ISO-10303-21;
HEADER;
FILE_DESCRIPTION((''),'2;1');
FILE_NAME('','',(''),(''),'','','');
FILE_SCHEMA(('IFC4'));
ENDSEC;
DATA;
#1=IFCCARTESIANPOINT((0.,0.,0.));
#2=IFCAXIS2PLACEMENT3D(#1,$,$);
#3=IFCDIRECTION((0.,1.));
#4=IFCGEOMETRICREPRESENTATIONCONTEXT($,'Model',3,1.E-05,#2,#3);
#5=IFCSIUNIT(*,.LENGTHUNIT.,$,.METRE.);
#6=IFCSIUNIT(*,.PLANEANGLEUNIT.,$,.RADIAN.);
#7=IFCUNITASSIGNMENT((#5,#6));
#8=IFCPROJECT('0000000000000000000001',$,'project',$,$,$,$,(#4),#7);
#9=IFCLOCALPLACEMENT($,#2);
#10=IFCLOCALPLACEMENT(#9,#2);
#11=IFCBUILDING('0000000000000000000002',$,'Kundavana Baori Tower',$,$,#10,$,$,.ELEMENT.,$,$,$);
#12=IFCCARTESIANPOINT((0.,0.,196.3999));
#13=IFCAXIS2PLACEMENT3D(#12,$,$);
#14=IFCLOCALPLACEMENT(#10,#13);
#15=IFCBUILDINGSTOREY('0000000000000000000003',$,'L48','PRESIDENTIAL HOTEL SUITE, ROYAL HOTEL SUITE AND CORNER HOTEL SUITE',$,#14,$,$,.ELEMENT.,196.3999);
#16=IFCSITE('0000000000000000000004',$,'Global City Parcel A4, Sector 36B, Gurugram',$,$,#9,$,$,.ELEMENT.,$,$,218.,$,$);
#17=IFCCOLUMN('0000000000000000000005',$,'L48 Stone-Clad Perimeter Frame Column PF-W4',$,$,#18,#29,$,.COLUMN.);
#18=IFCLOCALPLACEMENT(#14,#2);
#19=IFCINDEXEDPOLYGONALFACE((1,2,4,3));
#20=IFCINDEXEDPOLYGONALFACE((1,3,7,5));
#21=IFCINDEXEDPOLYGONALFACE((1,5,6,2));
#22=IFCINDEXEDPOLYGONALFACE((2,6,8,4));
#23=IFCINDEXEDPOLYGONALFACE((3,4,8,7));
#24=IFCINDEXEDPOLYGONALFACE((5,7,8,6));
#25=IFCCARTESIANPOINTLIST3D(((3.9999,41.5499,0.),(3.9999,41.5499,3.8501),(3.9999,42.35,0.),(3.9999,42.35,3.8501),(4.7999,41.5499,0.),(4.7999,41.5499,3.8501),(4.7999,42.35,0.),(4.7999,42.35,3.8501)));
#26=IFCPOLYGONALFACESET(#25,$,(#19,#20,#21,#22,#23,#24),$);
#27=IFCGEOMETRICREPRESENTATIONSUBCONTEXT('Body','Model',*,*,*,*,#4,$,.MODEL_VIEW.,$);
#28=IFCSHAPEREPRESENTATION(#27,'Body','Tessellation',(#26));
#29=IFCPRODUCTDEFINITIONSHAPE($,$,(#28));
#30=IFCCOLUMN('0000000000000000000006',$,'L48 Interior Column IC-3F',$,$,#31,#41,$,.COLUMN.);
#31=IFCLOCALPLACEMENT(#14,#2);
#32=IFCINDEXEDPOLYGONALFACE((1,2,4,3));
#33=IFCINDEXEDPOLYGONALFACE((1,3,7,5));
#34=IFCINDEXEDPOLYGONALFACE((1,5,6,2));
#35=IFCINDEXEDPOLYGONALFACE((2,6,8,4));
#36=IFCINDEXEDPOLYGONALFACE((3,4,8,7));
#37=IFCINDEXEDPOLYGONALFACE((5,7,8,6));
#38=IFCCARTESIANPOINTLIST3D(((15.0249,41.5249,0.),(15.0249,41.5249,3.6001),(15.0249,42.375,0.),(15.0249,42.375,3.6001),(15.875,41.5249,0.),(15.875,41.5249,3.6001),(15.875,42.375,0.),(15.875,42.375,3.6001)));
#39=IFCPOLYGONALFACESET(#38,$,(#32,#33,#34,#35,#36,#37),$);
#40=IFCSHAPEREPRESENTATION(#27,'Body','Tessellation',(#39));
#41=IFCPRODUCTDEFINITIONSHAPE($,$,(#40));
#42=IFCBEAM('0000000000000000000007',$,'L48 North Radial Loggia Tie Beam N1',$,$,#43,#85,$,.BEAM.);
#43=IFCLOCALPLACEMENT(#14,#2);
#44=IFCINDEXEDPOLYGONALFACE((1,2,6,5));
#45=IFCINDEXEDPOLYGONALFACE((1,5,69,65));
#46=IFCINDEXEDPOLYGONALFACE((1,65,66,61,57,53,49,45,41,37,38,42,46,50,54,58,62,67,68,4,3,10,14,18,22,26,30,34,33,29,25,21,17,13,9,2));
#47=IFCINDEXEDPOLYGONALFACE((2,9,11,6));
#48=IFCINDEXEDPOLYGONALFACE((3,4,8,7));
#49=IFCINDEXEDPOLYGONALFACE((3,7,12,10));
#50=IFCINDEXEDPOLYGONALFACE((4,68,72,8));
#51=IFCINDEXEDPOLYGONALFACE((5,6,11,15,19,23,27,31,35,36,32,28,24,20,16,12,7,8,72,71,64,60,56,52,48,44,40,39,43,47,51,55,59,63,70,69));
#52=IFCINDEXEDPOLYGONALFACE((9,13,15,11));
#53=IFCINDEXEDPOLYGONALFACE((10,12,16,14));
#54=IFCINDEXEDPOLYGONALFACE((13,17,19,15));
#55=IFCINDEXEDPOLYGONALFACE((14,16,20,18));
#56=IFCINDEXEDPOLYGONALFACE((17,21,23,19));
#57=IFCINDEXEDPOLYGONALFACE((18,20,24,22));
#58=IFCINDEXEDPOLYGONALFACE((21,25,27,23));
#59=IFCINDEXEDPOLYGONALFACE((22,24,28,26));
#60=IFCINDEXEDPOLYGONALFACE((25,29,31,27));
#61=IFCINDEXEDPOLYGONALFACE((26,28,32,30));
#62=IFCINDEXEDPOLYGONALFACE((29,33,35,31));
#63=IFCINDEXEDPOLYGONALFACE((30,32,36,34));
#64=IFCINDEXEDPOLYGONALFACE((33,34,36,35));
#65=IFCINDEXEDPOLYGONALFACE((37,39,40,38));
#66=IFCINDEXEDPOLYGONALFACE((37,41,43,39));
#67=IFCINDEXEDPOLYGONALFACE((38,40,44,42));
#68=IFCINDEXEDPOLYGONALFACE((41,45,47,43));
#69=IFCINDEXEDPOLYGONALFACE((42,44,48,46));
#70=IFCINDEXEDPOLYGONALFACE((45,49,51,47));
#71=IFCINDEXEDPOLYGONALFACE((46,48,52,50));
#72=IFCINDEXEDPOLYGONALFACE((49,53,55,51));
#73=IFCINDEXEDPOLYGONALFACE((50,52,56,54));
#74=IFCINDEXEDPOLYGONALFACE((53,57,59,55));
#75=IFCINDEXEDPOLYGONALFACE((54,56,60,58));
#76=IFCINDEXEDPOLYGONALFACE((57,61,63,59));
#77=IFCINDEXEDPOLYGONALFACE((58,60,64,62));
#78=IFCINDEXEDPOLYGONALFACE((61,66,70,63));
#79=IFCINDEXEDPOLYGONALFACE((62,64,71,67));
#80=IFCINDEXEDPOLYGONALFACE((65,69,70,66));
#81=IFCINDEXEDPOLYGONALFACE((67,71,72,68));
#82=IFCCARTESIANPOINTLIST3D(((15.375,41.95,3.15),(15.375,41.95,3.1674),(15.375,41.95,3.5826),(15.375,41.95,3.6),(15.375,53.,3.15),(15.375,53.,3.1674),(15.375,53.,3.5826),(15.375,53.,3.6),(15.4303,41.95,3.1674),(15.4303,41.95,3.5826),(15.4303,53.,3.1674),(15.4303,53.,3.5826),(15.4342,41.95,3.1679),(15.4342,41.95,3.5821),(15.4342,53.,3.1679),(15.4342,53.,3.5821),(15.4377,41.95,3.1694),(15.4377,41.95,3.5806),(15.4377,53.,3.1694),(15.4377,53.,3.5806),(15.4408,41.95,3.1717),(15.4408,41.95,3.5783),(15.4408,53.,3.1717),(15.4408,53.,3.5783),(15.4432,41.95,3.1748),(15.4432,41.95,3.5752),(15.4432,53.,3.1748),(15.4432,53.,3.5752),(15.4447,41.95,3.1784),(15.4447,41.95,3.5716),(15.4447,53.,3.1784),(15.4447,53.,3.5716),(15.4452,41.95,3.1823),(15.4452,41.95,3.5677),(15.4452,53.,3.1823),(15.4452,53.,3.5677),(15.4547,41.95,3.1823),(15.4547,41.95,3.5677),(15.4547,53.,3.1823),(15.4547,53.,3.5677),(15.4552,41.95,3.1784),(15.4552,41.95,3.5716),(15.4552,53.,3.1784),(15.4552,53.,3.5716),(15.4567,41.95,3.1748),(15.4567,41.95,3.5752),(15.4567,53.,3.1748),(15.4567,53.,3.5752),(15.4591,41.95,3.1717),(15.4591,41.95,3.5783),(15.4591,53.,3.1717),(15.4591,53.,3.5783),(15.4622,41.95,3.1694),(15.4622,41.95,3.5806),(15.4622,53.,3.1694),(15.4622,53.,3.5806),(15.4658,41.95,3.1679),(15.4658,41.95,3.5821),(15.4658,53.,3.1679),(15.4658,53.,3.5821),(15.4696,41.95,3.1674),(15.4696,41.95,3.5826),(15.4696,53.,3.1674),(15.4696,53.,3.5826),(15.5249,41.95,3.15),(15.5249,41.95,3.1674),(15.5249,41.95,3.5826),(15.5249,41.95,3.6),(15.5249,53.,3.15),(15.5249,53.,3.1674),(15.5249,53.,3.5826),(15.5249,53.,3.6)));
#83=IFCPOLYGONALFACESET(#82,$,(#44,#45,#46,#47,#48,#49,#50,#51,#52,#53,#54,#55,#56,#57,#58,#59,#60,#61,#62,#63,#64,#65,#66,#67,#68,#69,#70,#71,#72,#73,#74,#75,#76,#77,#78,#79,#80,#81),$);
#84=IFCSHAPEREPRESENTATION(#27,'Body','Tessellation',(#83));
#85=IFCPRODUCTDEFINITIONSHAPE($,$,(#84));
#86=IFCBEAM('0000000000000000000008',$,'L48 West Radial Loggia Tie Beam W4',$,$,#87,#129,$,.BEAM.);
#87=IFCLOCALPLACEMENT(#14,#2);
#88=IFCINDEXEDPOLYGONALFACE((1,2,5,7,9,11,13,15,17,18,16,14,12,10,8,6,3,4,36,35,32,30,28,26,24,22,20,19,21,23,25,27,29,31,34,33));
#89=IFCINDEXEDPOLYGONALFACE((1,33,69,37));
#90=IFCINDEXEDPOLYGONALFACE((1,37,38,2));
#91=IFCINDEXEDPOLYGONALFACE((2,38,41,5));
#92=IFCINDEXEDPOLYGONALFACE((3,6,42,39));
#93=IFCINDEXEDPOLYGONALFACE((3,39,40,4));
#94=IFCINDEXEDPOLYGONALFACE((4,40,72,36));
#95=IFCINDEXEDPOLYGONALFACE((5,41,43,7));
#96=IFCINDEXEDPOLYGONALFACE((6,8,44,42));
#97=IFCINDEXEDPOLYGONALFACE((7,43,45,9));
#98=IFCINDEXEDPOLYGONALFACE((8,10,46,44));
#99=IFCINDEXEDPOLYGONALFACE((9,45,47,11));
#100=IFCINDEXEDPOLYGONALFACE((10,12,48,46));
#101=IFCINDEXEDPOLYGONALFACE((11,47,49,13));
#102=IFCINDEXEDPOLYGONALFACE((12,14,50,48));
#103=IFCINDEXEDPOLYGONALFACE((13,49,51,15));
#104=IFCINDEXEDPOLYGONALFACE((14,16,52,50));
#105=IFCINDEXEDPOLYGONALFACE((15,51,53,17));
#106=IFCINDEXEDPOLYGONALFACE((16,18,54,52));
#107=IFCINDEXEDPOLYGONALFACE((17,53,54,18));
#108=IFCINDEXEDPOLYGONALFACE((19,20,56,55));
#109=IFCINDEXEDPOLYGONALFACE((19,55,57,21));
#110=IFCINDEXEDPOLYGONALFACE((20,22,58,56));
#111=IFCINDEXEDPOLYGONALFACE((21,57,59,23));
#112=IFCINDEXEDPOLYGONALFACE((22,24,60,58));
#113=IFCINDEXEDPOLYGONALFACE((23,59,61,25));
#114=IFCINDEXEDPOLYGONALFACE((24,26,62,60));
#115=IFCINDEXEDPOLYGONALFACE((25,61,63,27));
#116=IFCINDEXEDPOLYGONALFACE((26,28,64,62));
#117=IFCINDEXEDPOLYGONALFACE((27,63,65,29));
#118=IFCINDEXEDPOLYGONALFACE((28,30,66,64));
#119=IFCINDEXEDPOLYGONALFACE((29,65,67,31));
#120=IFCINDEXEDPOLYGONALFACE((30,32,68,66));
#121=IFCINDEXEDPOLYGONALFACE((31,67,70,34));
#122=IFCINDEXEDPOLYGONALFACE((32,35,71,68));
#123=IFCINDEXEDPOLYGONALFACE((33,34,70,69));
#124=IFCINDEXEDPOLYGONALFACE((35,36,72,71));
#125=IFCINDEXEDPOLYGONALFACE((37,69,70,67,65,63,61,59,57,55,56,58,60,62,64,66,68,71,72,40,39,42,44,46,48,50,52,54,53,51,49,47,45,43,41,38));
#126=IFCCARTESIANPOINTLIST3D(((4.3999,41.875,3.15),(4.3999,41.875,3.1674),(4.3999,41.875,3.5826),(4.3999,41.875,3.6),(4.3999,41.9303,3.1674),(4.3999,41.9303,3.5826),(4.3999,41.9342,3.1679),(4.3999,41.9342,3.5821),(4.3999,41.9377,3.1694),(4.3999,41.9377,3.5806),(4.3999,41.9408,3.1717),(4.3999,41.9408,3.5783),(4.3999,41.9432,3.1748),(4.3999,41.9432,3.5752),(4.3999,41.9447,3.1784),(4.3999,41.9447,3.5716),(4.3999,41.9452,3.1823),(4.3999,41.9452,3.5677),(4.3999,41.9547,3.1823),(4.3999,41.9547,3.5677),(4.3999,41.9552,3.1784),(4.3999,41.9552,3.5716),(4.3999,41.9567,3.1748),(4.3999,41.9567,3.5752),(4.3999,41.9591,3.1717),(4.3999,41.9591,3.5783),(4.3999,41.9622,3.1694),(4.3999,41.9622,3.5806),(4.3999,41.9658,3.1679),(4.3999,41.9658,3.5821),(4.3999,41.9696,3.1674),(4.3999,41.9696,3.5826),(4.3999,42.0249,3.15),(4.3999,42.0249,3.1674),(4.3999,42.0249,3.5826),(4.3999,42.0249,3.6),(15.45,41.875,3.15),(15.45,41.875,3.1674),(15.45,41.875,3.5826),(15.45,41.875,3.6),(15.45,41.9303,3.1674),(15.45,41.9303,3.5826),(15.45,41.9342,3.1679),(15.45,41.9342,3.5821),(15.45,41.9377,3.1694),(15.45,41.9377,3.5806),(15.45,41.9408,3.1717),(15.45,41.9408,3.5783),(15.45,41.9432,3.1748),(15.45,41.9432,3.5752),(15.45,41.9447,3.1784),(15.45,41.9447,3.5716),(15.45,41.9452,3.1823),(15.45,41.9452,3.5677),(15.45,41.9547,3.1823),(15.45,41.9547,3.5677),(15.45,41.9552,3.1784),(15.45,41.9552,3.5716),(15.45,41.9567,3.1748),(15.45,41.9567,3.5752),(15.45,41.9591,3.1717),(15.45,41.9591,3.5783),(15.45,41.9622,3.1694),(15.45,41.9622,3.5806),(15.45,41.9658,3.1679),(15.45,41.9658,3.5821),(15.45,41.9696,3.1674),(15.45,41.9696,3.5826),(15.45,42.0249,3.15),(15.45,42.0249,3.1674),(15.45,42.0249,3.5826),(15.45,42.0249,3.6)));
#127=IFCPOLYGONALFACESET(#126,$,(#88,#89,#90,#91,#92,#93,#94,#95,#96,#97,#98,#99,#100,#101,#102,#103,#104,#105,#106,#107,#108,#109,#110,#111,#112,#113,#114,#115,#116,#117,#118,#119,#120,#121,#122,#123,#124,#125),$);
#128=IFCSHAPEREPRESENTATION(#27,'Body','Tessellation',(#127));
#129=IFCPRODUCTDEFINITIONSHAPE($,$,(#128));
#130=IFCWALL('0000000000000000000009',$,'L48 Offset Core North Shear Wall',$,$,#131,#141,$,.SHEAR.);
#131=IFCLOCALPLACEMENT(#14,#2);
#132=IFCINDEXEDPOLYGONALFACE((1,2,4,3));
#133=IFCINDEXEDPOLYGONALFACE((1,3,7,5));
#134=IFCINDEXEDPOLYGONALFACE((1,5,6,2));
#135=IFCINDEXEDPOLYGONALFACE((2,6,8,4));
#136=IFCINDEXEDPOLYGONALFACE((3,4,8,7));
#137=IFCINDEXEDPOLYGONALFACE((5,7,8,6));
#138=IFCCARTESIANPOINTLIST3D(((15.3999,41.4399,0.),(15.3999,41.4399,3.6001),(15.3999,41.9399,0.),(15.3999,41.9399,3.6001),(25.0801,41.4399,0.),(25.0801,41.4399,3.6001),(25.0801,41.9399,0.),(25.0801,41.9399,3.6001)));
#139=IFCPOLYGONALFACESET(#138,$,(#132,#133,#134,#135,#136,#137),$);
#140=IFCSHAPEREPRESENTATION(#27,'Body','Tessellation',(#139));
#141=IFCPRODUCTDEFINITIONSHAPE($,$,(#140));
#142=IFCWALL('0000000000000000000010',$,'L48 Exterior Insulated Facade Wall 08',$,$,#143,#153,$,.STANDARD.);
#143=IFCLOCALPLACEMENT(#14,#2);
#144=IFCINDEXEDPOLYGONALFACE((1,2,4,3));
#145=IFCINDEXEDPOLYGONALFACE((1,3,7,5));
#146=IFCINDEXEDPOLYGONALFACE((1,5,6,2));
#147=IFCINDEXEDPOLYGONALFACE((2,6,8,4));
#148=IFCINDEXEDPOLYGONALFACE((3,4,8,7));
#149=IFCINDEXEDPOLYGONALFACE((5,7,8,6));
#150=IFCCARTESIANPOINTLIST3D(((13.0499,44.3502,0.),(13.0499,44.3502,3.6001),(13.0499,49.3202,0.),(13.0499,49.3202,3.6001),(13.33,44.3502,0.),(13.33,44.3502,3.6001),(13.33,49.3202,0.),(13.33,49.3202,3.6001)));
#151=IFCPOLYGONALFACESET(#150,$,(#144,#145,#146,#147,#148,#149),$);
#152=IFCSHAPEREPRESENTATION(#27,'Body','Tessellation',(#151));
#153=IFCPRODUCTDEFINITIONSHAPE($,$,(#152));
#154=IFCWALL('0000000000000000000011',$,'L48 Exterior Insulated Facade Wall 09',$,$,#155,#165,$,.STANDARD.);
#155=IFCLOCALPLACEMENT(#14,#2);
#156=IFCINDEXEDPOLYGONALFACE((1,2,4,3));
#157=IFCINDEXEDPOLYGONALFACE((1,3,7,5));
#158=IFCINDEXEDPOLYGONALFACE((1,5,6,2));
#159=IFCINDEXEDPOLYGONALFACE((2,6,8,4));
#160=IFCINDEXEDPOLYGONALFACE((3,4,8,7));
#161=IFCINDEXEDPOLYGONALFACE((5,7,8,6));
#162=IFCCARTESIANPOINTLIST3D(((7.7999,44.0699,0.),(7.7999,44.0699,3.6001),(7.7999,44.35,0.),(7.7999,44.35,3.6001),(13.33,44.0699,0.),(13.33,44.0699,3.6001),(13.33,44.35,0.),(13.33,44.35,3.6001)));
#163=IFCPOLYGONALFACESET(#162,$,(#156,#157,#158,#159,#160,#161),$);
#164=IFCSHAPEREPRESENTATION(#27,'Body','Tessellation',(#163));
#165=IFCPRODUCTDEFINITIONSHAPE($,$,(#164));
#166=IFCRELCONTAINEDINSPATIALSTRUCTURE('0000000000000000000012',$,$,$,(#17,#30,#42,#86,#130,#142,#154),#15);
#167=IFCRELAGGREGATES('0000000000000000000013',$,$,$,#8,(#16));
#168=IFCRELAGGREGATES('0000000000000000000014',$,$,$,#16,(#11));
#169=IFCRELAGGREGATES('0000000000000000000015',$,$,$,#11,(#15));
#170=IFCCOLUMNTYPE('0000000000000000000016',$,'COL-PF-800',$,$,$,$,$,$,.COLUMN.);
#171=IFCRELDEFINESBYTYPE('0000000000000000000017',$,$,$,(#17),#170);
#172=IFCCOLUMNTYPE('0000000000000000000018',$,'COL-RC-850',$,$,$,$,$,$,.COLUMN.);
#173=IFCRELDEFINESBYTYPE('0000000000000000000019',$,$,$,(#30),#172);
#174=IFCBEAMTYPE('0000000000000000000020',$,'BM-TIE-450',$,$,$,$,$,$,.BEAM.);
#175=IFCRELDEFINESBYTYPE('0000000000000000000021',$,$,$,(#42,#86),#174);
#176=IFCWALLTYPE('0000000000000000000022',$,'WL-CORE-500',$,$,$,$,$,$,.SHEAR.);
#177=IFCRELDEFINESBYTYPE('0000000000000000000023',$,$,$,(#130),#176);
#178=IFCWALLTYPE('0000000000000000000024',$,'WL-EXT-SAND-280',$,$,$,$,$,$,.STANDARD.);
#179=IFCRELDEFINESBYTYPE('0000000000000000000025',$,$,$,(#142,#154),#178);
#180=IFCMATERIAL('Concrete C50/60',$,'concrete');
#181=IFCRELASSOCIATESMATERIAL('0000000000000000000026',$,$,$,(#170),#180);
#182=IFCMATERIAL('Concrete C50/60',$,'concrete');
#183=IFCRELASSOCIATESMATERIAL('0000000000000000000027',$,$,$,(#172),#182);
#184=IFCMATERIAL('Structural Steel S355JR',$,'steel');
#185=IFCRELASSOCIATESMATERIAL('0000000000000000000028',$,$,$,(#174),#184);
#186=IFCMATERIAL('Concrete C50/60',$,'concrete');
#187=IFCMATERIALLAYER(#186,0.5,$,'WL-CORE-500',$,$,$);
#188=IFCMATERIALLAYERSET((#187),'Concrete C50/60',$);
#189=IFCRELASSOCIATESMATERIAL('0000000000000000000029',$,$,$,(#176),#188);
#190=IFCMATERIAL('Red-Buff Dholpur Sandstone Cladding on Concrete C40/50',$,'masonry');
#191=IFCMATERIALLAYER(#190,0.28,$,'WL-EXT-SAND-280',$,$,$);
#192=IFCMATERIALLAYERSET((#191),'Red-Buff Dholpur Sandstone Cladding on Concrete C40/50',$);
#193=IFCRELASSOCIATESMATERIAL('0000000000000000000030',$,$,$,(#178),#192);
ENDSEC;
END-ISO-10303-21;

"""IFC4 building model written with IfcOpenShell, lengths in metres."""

from ifc_helpers import new_model, si_unit, direction, frame, frame_2d, origin, origin_2d, place, context, subcontext, project, spatial, rectangle, i_section, extrude, material, layer, layer_set, material_profile, profile_set, type_object, element, save


model = new_model("IFC4")

# Units and contexts
model_context = context("Model", 3, precision=1e-05, world=origin(), true_north=direction((0.0, 1.0)))
body_context = subcontext(model_context, "Body", "Model", "MODEL_VIEW")
ifc_project = project(units=[si_unit("LENGTHUNIT", "METRE"), si_unit("PLANEANGLEUNIT", "RADIAN")], contexts=[model_context])

# Site, building, storey
site_placement = place(None, origin())
site = spatial("IfcSite", under=ifc_project, at=site_placement, Name="Global City Parcel A4, Sector 36B, Gurugram", CompositionType="ELEMENT", RefElevation=218.0)
building_placement = place(site_placement, origin())
building = spatial("IfcBuilding", under=site, at=building_placement, Name="Kundavana Baori Tower", CompositionType="ELEMENT")
storey_placement = place(building_placement, frame((0.0, 0.0, 196.3999)))
storey = spatial("IfcBuildingStorey", under=building, at=storey_placement, Name="L48", Description="PRESIDENTIAL HOTEL SUITE, ROYAL HOTEL SUITE AND CORNER HOTEL SUITE", CompositionType="ELEMENT", Elevation=196.3999)

# Columns
ifc_material_1 = material(Name="Concrete C50/60", Category="concrete")
ifc_material_profile_1 = material_profile(ifc_material_1, rectangle(XDim=0.8, YDim=0.8, at=origin_2d()), Name="RC PF 800x800")
ifc_profile_set_1 = profile_set([ifc_material_profile_1], Name="Concrete C50/60")
column_type_1 = type_object("IfcColumnType", Name="COL-PF-800", PredefinedType="COLUMN", material=ifc_profile_set_1)
column_1_placement = place(storey_placement, frame((4.3999, 41.95, 0.0), z_axis=(0.0, 0.0, 1.0), x_axis=(1.0, 0.0, 0.0)))
element("IfcColumn", 1, at=column_1_placement, inside=storey, type_object=column_type_1, Name="L48 Stone-Clad Perimeter Frame Column PF-W4", PredefinedType="COLUMN", context=body_context, shape_type="SweptSolid", body=[
    extrude(rectangle(XDim=0.8, YDim=0.8, at=origin_2d()), origin(), (0.0, 0.0, 1.0), 3.8501),
])
ifc_material_2 = material(Name="Concrete C50/60", Category="concrete")
ifc_material_profile_2 = material_profile(ifc_material_2, rectangle(XDim=0.8501, YDim=0.8501, at=origin_2d()), Name="RC 850x850")
ifc_profile_set_2 = profile_set([ifc_material_profile_2], Name="Concrete C50/60")
column_type_2 = type_object("IfcColumnType", Name="COL-RC-850", PredefinedType="COLUMN", material=ifc_profile_set_2)
column_2_placement = place(storey_placement, frame((15.45, 41.95, 0.0), z_axis=(0.0, 0.0, 1.0), x_axis=(1.0, 0.0, 0.0)))
element("IfcColumn", 2, at=column_2_placement, inside=storey, type_object=column_type_2, Name="L48 Interior Column IC-3F", PredefinedType="COLUMN", context=body_context, shape_type="SweptSolid", body=[
    extrude(rectangle(XDim=0.8501, YDim=0.8501, at=origin_2d()), origin(), (0.0, 0.0, 1.0), 3.6001),
])

# Beams
ifc_material_3 = material(Name="Structural Steel S355JR", Category="steel")
ifc_material_profile_3 = material_profile(ifc_material_3, i_section(OverallWidth=0.1499, OverallDepth=0.45, WebThickness=0.0095, FlangeThickness=0.0173, FilletRadius=0.0149, at=origin_2d()), Name="ISMB 450")
ifc_profile_set_3 = profile_set([ifc_material_profile_3], Name="Structural Steel S355JR")
beam_type = type_object("IfcBeamType", Name="BM-TIE-450", PredefinedType="BEAM", material=ifc_profile_set_3)
for number, where, z_axis, x_axis, name in (
    (3, (15.45, 41.95, 3.375), (0.0, 1.0, 0.0), (-1.0, 0.0, 0.0), "L48 North Radial Loggia Tie Beam N1"),
    (4, (15.45, 41.95, 3.375), (-1.0, 0.0, 0.0), (0.0, -1.0, 0.0), "L48 West Radial Loggia Tie Beam W4"),
):
    element("IfcBeam", number, at=place(storey_placement, frame(where, z_axis=z_axis, x_axis=x_axis)), inside=storey, type_object=beam_type, Name=name, PredefinedType="BEAM", context=body_context, shape_type="SweptSolid", body=[
        extrude(i_section(OverallWidth=0.1499, OverallDepth=0.45, WebThickness=0.0095, FlangeThickness=0.0173, FilletRadius=0.0149, at=origin_2d()), origin(), (0.0, 0.0, 1.0), 11.05),
    ])

# Walls
ifc_material_4 = material(Name="Concrete C50/60", Category="concrete")
ifc_layer_1 = layer(ifc_material_4, 0.5, Name="WL-CORE-500")
ifc_layer_set_1 = layer_set([ifc_layer_1], Name="Concrete C50/60")
wall_type_1 = type_object("IfcWallType", Name="WL-CORE-500", PredefinedType="SHEAR", material=ifc_layer_set_1)
wall_1_placement = place(storey_placement, frame((15.3999, 41.6899, 0.0), z_axis=(0.0, 0.0, 1.0), x_axis=(1.0, 0.0, 0.0)))
element("IfcWall", 5, at=wall_1_placement, inside=storey, type_object=wall_type_1, Name="L48 Offset Core North Shear Wall", PredefinedType="SHEAR", context=body_context, shape_type="SweptSolid", body=[
    extrude(rectangle(XDim=9.6802, YDim=0.5, at=frame_2d((4.8401, 0.0))), origin(), (0.0, 0.0, 1.0), 3.6001),
])
ifc_material_5 = material(Name="Red-Buff Dholpur Sandstone Cladding on Concrete C40/50", Category="masonry")
ifc_layer_2 = layer(ifc_material_5, 0.28, Name="WL-EXT-SAND-280")
ifc_layer_set_2 = layer_set([ifc_layer_2], Name="Red-Buff Dholpur Sandstone Cladding on Concrete C40/50")
wall_type_2 = type_object("IfcWallType", Name="WL-EXT-SAND-280", PredefinedType="STANDARD", material=ifc_layer_set_2)
wall_2_placement = place(storey_placement, frame((13.1899, 49.3201, 0.0), z_axis=(0.0, 0.0, 1.0), x_axis=(0.0, -1.0, 0.0)))
element("IfcWall", 6, at=wall_2_placement, inside=storey, type_object=wall_type_2, Name="L48 Exterior Insulated Facade Wall 08", PredefinedType="STANDARD", context=body_context, shape_type="SweptSolid", body=[
    extrude(rectangle(XDim=4.97, YDim=0.28, at=frame_2d((2.4849, 0.0))), origin(), (0.0, 0.0, 1.0), 3.6001),
])
wall_3_placement = place(storey_placement, frame((13.3301, 44.21, 0.0), z_axis=(0.0, 0.0, 1.0), x_axis=(-1.0, 0.0, 0.0)))
element("IfcWall", 7, at=wall_3_placement, inside=storey, type_object=wall_type_2, Name="L48 Exterior Insulated Facade Wall 09", PredefinedType="STANDARD", context=body_context, shape_type="SweptSolid", body=[
    extrude(rectangle(XDim=5.53, YDim=0.28, at=frame_2d((2.7651, 0.0))), origin(), (0.0, 0.0, 1.0), 3.6001),
])

save(model, "model.ifc")
